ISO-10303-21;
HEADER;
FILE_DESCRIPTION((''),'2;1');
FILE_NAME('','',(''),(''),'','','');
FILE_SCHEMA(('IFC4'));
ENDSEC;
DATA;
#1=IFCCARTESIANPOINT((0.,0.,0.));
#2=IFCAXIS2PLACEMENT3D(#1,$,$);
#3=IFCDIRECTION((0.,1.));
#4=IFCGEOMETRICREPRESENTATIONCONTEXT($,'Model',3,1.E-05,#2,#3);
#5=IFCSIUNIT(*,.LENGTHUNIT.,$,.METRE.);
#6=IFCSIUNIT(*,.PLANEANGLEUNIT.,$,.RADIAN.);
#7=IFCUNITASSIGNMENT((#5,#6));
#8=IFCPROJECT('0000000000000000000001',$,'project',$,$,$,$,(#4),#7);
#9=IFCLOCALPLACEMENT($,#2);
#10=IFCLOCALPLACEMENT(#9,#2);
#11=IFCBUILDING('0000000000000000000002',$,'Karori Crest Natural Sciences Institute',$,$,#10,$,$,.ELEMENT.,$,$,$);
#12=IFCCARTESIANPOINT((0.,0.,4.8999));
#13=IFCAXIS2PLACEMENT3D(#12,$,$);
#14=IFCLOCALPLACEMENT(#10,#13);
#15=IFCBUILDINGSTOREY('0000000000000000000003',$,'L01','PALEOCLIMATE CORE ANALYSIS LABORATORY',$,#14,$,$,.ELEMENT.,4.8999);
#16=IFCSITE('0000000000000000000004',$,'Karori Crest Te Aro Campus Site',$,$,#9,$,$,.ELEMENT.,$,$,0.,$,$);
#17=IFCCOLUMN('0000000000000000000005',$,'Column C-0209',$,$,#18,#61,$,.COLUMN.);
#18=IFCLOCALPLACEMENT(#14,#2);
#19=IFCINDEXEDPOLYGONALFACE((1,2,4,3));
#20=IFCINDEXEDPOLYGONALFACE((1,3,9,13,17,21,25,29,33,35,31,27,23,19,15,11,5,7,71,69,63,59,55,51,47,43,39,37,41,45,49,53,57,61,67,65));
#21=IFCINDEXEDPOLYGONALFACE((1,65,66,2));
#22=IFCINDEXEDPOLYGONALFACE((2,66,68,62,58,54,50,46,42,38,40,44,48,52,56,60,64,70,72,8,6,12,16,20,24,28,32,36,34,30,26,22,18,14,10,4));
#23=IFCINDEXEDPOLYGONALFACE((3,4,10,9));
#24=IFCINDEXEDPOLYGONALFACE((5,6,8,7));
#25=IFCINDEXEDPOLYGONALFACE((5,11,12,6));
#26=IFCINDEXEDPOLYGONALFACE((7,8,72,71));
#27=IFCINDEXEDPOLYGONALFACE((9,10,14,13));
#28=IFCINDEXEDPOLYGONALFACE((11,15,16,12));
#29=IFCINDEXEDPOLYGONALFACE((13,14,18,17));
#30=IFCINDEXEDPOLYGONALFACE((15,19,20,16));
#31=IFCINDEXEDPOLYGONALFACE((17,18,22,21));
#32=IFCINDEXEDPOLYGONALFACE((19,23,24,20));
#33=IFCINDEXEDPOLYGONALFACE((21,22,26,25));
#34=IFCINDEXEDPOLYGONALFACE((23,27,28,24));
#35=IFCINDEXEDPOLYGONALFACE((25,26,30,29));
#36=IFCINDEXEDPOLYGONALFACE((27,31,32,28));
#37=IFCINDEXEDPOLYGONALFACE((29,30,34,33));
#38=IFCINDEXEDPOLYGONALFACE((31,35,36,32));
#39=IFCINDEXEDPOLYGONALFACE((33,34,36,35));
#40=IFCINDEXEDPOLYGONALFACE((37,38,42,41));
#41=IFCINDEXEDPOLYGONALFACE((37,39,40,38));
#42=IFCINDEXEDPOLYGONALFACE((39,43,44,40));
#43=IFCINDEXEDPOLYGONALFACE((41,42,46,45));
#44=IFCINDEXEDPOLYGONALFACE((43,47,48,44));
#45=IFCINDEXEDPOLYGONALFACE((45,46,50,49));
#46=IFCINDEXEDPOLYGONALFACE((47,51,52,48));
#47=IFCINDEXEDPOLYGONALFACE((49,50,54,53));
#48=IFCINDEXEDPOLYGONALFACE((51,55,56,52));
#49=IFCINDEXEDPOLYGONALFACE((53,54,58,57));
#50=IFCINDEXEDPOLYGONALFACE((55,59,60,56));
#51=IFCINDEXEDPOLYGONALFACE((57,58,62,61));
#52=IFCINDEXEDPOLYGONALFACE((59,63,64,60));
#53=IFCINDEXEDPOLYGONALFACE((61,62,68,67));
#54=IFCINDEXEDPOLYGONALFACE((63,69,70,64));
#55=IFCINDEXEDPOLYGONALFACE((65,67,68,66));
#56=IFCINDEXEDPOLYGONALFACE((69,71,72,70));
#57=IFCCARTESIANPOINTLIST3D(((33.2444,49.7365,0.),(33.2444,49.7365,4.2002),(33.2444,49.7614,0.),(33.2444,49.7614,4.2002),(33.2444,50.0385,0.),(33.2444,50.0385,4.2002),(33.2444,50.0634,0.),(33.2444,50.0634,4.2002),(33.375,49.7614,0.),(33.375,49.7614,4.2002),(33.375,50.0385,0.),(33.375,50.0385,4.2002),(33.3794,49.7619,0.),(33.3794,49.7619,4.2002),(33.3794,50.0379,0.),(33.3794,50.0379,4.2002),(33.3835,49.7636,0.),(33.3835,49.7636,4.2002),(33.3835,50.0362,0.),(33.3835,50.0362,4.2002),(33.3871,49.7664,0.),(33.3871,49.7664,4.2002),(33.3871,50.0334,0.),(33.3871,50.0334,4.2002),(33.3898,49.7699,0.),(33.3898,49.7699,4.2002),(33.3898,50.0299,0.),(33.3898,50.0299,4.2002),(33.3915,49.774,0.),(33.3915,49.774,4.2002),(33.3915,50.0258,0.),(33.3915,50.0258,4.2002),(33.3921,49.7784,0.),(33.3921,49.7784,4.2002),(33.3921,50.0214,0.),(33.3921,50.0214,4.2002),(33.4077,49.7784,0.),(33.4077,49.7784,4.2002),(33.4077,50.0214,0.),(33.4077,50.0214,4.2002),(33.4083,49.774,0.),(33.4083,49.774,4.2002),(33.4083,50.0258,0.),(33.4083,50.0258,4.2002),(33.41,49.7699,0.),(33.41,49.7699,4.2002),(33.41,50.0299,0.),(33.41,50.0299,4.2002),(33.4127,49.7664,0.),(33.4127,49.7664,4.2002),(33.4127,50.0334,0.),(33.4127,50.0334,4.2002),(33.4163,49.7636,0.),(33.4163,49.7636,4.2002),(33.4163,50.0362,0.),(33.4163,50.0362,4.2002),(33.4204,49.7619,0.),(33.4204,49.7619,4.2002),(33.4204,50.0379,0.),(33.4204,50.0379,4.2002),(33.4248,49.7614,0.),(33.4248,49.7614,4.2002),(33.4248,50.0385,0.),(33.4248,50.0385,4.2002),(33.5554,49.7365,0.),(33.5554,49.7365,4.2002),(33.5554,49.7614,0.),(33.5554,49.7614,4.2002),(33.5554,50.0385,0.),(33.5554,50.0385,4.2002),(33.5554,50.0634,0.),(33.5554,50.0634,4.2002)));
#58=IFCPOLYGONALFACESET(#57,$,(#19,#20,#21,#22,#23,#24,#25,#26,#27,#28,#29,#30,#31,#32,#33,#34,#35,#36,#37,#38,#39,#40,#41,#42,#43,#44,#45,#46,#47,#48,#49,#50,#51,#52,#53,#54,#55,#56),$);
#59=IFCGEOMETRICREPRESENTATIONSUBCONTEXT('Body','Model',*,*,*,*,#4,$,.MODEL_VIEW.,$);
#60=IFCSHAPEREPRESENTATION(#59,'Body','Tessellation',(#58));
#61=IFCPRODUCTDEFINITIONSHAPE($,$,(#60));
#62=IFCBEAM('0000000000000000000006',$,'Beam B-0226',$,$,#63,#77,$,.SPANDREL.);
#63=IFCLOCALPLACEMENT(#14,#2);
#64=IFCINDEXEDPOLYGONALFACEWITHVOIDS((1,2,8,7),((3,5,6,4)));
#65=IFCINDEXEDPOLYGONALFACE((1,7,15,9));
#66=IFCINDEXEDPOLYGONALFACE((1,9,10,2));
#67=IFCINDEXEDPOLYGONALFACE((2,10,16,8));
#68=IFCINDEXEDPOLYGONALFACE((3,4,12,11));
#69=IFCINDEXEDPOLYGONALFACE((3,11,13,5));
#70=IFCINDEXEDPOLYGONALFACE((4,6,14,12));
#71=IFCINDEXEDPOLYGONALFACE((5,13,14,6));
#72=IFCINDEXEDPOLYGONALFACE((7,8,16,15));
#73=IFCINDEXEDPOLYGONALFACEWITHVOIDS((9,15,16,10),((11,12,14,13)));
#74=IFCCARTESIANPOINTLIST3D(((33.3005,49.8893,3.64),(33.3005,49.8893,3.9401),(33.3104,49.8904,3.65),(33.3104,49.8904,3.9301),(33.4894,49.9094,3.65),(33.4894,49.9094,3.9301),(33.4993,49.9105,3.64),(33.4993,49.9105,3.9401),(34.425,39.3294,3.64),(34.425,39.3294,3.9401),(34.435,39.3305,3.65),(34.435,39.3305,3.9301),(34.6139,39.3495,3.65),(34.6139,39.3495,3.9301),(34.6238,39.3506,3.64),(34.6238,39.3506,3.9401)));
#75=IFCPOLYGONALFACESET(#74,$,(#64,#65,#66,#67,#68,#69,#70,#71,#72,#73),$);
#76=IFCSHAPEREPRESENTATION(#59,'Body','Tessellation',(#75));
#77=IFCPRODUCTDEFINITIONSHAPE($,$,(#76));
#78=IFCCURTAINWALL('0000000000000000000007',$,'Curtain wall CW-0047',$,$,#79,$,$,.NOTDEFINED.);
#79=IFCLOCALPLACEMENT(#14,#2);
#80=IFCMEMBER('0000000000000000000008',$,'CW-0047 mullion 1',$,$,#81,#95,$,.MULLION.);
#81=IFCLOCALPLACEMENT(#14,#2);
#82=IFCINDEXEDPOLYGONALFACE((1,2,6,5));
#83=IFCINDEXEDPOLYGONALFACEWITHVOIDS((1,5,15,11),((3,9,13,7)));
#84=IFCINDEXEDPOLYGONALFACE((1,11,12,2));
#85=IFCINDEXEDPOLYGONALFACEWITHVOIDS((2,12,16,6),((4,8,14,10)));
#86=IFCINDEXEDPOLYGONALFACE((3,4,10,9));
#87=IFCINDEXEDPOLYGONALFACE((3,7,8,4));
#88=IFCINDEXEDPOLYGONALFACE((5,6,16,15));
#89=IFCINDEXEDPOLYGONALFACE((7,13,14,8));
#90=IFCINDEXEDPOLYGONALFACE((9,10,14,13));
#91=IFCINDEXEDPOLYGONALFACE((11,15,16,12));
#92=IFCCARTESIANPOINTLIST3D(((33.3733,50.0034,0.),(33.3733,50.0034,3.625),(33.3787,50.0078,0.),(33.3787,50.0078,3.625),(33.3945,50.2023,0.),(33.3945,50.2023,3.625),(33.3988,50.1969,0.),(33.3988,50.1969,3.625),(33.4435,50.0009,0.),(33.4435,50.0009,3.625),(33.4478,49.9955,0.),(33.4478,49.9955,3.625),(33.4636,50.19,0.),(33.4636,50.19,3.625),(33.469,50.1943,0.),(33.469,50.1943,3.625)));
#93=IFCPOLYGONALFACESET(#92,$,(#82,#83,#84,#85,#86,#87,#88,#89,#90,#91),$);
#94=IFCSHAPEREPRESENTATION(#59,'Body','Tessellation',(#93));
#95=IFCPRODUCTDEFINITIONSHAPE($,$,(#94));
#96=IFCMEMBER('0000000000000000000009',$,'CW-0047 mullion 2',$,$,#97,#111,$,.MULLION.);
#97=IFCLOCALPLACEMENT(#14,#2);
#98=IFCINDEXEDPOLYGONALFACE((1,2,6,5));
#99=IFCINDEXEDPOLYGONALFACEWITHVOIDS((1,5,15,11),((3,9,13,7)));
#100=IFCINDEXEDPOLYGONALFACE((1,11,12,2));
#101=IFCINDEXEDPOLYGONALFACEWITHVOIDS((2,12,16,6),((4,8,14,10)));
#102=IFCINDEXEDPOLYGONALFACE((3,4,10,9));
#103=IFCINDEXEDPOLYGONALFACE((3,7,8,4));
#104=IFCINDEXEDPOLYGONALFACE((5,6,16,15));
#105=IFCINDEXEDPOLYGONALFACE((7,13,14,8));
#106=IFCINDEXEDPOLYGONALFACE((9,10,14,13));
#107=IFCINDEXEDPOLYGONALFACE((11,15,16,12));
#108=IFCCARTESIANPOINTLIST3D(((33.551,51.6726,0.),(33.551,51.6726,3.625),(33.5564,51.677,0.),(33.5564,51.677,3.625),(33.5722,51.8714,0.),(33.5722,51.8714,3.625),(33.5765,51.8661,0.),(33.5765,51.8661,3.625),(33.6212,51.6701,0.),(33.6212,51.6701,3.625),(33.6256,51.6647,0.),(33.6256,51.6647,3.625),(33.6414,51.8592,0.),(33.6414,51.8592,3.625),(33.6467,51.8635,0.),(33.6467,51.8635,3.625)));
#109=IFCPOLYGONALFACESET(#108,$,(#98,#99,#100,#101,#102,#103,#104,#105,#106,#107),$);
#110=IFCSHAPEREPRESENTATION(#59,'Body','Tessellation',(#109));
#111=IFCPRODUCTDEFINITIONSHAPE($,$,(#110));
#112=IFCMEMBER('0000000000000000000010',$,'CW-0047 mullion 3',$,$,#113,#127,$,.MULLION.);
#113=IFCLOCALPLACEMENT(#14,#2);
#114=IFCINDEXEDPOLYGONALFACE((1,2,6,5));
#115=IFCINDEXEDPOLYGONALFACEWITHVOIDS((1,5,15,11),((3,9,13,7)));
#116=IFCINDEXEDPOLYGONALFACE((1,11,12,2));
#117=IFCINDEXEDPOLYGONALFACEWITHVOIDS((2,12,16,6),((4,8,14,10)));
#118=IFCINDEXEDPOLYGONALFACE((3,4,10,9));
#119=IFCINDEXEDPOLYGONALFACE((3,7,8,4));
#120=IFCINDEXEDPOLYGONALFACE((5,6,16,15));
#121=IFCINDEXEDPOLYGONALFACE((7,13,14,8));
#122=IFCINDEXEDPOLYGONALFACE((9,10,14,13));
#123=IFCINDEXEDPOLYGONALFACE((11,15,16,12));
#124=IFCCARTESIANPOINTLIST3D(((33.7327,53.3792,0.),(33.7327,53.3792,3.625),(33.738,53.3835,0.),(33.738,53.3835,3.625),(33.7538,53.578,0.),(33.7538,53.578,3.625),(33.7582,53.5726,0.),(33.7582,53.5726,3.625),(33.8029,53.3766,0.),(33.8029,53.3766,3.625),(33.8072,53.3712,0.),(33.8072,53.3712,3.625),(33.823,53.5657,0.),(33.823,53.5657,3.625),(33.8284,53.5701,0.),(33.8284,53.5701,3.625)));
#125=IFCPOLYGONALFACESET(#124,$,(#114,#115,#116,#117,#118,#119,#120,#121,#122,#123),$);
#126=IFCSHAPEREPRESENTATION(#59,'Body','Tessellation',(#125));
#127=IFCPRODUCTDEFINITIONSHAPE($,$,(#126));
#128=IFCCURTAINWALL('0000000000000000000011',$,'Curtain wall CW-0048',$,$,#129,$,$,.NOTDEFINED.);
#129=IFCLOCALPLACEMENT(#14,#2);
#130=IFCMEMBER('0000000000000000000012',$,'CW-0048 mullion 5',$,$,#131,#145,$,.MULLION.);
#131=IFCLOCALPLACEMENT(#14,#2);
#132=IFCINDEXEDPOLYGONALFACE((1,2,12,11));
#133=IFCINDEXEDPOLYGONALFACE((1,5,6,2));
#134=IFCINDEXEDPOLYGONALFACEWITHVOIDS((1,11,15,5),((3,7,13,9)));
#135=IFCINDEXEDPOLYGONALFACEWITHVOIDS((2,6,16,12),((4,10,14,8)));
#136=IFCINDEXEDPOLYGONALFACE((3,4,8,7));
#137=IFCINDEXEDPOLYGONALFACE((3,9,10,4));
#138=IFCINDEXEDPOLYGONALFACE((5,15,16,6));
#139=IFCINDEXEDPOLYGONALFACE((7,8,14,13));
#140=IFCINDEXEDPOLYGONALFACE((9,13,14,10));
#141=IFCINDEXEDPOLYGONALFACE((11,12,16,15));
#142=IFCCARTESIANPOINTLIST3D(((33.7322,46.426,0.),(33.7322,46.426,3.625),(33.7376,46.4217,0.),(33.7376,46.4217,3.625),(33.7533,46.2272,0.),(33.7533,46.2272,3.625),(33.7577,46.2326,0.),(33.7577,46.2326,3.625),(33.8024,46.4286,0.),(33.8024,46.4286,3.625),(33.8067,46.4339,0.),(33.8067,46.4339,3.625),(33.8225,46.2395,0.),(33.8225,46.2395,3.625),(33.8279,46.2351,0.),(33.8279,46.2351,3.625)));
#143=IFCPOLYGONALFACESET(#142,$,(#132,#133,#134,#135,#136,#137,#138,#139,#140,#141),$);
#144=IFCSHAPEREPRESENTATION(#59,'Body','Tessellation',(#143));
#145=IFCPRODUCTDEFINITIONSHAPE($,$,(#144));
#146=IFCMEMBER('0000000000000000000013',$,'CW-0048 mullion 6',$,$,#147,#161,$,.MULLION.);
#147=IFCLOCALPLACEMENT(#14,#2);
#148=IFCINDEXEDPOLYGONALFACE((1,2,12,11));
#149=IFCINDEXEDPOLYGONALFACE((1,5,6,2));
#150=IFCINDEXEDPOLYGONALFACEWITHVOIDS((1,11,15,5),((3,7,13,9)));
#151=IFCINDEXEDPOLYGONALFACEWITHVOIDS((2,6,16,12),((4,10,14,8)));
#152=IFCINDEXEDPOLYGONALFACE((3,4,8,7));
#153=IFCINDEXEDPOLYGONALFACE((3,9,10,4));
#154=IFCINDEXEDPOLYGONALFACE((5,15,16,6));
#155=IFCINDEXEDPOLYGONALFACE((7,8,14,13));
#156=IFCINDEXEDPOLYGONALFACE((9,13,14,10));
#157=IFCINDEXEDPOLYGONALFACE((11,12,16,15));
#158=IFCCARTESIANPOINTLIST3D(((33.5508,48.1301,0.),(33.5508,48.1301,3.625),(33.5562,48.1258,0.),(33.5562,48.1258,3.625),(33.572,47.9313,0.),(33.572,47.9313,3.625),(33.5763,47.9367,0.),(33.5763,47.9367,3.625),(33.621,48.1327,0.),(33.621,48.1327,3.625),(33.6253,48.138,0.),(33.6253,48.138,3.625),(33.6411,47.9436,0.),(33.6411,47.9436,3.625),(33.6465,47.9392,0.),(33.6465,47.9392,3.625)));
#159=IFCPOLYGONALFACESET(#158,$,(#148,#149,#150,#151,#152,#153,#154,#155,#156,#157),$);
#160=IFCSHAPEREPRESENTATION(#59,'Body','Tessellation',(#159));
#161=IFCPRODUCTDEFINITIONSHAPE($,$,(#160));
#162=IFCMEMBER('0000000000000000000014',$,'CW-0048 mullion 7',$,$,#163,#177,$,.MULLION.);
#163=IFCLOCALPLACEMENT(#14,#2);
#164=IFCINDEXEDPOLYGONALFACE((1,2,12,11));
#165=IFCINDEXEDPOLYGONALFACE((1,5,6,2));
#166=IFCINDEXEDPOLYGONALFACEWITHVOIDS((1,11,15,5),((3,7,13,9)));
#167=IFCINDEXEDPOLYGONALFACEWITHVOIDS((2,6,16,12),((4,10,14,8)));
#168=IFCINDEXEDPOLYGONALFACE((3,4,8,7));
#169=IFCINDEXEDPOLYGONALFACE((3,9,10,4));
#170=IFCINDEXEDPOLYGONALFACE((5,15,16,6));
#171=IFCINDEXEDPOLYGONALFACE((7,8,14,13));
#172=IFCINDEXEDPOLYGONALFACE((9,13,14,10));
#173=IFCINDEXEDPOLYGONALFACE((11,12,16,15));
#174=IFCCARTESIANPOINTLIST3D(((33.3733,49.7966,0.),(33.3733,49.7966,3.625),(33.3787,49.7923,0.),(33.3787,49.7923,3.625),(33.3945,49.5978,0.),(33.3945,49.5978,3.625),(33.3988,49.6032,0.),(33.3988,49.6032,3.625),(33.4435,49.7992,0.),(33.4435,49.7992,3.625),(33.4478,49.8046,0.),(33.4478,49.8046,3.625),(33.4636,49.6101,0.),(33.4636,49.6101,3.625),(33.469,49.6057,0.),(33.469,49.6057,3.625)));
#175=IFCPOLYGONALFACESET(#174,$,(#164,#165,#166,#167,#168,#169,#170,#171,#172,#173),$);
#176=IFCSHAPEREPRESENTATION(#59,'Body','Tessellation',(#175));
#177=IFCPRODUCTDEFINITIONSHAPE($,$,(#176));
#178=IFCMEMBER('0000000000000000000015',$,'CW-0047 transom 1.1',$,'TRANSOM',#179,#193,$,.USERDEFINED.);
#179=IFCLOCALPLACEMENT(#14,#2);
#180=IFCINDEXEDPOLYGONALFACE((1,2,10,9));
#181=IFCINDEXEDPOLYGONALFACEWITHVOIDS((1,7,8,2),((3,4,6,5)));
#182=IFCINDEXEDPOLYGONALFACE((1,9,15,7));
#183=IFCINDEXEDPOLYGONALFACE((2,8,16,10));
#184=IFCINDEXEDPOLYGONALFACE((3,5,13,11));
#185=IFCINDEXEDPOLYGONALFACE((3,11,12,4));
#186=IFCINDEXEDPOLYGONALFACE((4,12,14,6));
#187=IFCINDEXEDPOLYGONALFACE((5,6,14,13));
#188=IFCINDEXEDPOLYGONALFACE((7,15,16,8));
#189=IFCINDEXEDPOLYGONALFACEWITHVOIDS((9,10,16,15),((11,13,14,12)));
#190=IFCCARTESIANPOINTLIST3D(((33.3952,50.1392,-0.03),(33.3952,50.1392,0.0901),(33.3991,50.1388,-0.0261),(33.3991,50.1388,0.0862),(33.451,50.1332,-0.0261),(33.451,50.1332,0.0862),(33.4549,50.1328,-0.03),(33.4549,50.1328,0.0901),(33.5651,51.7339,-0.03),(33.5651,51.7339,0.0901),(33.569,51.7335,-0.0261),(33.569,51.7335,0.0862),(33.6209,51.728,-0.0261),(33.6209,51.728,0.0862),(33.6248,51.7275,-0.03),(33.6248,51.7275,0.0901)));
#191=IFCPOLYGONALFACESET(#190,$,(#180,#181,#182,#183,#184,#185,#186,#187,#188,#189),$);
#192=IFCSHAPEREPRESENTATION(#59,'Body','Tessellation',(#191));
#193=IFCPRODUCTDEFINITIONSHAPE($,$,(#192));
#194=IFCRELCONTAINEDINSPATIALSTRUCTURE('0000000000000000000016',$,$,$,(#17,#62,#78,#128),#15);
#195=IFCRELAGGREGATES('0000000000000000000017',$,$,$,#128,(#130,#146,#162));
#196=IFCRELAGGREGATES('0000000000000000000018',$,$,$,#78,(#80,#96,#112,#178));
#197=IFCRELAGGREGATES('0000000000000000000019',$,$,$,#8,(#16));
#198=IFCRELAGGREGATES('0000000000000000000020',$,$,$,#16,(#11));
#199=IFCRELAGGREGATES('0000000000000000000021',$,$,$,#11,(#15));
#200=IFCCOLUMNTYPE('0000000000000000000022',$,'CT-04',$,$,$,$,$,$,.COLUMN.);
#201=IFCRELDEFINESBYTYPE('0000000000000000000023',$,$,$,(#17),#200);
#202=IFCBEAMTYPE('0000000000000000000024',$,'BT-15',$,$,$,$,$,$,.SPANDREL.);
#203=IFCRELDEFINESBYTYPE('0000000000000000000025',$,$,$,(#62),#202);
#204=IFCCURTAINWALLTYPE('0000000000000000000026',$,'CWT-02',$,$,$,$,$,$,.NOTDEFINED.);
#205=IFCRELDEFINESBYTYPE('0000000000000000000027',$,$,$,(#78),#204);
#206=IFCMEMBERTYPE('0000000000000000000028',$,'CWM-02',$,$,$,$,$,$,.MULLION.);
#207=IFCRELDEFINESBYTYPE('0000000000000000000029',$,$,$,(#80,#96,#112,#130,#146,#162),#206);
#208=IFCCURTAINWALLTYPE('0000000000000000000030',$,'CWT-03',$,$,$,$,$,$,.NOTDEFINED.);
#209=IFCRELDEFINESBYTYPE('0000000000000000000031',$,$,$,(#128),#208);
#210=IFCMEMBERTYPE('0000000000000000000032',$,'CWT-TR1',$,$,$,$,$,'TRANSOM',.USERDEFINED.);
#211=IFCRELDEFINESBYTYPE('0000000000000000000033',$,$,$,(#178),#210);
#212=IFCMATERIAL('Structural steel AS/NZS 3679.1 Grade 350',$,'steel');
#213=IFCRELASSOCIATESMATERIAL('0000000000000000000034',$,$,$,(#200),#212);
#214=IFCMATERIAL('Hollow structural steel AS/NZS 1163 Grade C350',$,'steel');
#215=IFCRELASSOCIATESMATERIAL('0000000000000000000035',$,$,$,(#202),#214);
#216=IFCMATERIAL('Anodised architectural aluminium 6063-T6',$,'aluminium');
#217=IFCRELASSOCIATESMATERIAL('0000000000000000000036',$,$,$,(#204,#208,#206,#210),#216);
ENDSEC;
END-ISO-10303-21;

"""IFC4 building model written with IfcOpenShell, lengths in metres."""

from ifc_helpers import new_model, si_unit, direction, frame, origin, origin_2d, place, context, subcontext, project, spatial, hollow_rectangle, i_section, extrude, material, material_profile, profile_set, type_object, element, aggregate, save


model = new_model("IFC4")

# Units and contexts
model_context = context("Model", 3, precision=1e-05, world=origin(), true_north=direction((0.0, 1.0)))
body_context = subcontext(model_context, "Body", "Model", "MODEL_VIEW")
ifc_project = project(units=[si_unit("LENGTHUNIT", "METRE"), si_unit("PLANEANGLEUNIT", "RADIAN")], contexts=[model_context])

# Site, building, storey
site_placement = place(None, origin())
site = spatial("IfcSite", under=ifc_project, at=site_placement, Name="Karori Crest Te Aro Campus Site", CompositionType="ELEMENT", RefElevation=0.0)
building_placement = place(site_placement, origin())
building = spatial("IfcBuilding", under=site, at=building_placement, Name="Karori Crest Natural Sciences Institute", CompositionType="ELEMENT")
storey_placement = place(building_placement, frame((0.0, 0.0, 4.8999)))
storey = spatial("IfcBuildingStorey", under=building, at=storey_placement, Name="L01", Description="PALEOCLIMATE CORE ANALYSIS LABORATORY", CompositionType="ELEMENT", Elevation=4.8999)

# Column
ifc_material_1 = material(Name="Structural steel AS/NZS 3679.1 Grade 350", Category="steel")
ifc_material_profile_1 = material_profile(ifc_material_1, i_section(OverallWidth=0.311, OverallDepth=0.3269, WebThickness=0.0156, FlangeThickness=0.0249, FilletRadius=0.0171, at=origin_2d()), Name="310UC158")
ifc_profile_set_1 = profile_set([ifc_material_profile_1], Name="Structural steel AS/NZS 3679.1 Grade 350")
column_type = type_object("IfcColumnType", Name="CT-04", PredefinedType="COLUMN", material=ifc_profile_set_1)
column_placement = place(storey_placement, frame((33.3999, 49.8999, 0.0), z_axis=(0.0, 0.0, 1.0), x_axis=(1.0, 0.0, 0.0)))
element("IfcColumn", 1, at=column_placement, inside=storey, type_object=column_type, Name="Column C-0209", PredefinedType="COLUMN", context=body_context, shape_type="SweptSolid", body=[
    extrude(i_section(OverallWidth=0.311, OverallDepth=0.3269, WebThickness=0.0156, FlangeThickness=0.0249, FilletRadius=0.0171, at=origin_2d()), origin(), (0.0, 0.0, 1.0), 4.2002),
])

# Beam
ifc_material_2 = material(Name="Hollow structural steel AS/NZS 1163 Grade C350", Category="steel")
ifc_material_profile_2 = material_profile(ifc_material_2, hollow_rectangle(XDim=0.2, YDim=0.3, WallThickness=0.01, at=origin_2d()), Name="RHS300x200x10")
ifc_profile_set_2 = profile_set([ifc_material_profile_2], Name="Hollow structural steel AS/NZS 1163 Grade C350")
beam_type = type_object("IfcBeamType", Name="BT-15", PredefinedType="SPANDREL", material=ifc_profile_set_2)
beam_placement = place(storey_placement, frame((33.3999, 49.8999, 3.79), z_axis=(0.105891, -0.994378, 0.0), x_axis=(0.994378, 0.105891, 0.0)))
element("IfcBeam", 2, at=beam_placement, inside=storey, type_object=beam_type, Name="Beam B-0226", PredefinedType="SPANDREL", context=body_context, shape_type="SweptSolid", body=[
    extrude(hollow_rectangle(XDim=0.2, YDim=0.3, WallThickness=0.01, at=origin_2d()), origin(), (0.0, 0.0, 1.0), 10.6196),
])

# Curtain walls, members
ifc_material_3 = material(Name="Anodised architectural aluminium 6063-T6", Category="aluminium")
curtain_wall_type_1 = type_object("IfcCurtainWallType", Name="CWT-02", PredefinedType="NOTDEFINED", material=ifc_material_3)
curtain_wall_1_placement = place(storey_placement, origin())
curtain_wall_1 = element("IfcCurtainWall", 3, at=curtain_wall_1_placement, inside=storey, type_object=curtain_wall_type_1, Name="Curtain wall CW-0047", PredefinedType="NOTDEFINED")
ifc_material_profile_3 = material_profile(ifc_material_3, hollow_rectangle(XDim=0.075, YDim=0.2, WallThickness=0.0049, at=origin_2d()), Name="CWM200x75x5")
ifc_profile_set_3 = profile_set([ifc_material_profile_3], Name="Anodised architectural aluminium 6063-T6")
member_type_1 = type_object("IfcMemberType", Name="CWM-02", PredefinedType="MULLION", material=ifc_profile_set_3)
member_1_placement = place(storey_placement, frame((33.4211, 50.0989, 0.0), z_axis=(0.0, 0.0, 1.0), x_axis=(-0.994378, 0.105884, 0.0)))
member_1 = element("IfcMember", 4, at=member_1_placement, type_object=member_type_1, Name="CW-0047 mullion 1", PredefinedType="MULLION", context=body_context, shape_type="SweptSolid", body=[
    extrude(hollow_rectangle(XDim=0.075, YDim=0.2, WallThickness=0.0049, at=origin_2d()), origin(), (0.0, 0.0, 1.0), 3.625),
])
member_2_placement = place(storey_placement, frame((33.5989, 51.7681, 0.0), z_axis=(0.0, 0.0, 1.0), x_axis=(-0.994378, 0.105884, 0.0)))
member_2 = element("IfcMember", 5, at=member_2_placement, type_object=member_type_1, Name="CW-0047 mullion 2", PredefinedType="MULLION", context=body_context, shape_type="SweptSolid", body=[
    extrude(hollow_rectangle(XDim=0.075, YDim=0.2, WallThickness=0.0049, at=origin_2d()), origin(), (0.0, 0.0, 1.0), 3.625),
])
member_3_placement = place(storey_placement, frame((33.7805, 53.4746, 0.0), z_axis=(0.0, 0.0, 1.0), x_axis=(-0.994378, 0.105884, 0.0)))
member_3 = element("IfcMember", 6, at=member_3_placement, type_object=member_type_1, Name="CW-0047 mullion 3", PredefinedType="MULLION", context=body_context, shape_type="SweptSolid", body=[
    extrude(hollow_rectangle(XDim=0.075, YDim=0.2, WallThickness=0.0049, at=origin_2d()), origin(), (0.0, 0.0, 1.0), 3.625),
])
curtain_wall_type_2 = type_object("IfcCurtainWallType", Name="CWT-03", PredefinedType="NOTDEFINED", material=ifc_material_3)
curtain_wall_2_placement = place(storey_placement, origin())
curtain_wall_2 = element("IfcCurtainWall", 7, at=curtain_wall_2_placement, inside=storey, type_object=curtain_wall_type_2, Name="Curtain wall CW-0048", PredefinedType="NOTDEFINED")
member_4_placement = place(storey_placement, frame((33.78, 46.3306, 0.0), z_axis=(0.0, 0.0, 1.0), x_axis=(-0.994379, -0.105882, 0.0)))
member_4 = element("IfcMember", 8, at=member_4_placement, type_object=member_type_1, Name="CW-0048 mullion 5", PredefinedType="MULLION", context=body_context, shape_type="SweptSolid", body=[
    extrude(hollow_rectangle(XDim=0.075, YDim=0.2, WallThickness=0.0049, at=origin_2d()), origin(), (0.0, 0.0, 1.0), 3.625),
])
member_5_placement = place(storey_placement, frame((33.5986, 48.0347, 0.0), z_axis=(0.0, 0.0, 1.0), x_axis=(-0.994379, -0.105882, 0.0)))
member_5 = element("IfcMember", 9, at=member_5_placement, type_object=member_type_1, Name="CW-0048 mullion 6", PredefinedType="MULLION", context=body_context, shape_type="SweptSolid", body=[
    extrude(hollow_rectangle(XDim=0.075, YDim=0.2, WallThickness=0.0049, at=origin_2d()), origin(), (0.0, 0.0, 1.0), 3.625),
])
member_6_placement = place(storey_placement, frame((33.4211, 49.7012, 0.0), z_axis=(0.0, 0.0, 1.0), x_axis=(-0.994379, -0.105882, 0.0)))
member_6 = element("IfcMember", 10, at=member_6_placement, type_object=member_type_1, Name="CW-0048 mullion 7", PredefinedType="MULLION", context=body_context, shape_type="SweptSolid", body=[
    extrude(hollow_rectangle(XDim=0.075, YDim=0.2, WallThickness=0.0049, at=origin_2d()), origin(), (0.0, 0.0, 1.0), 3.625),
])

# Member
ifc_material_profile_4 = material_profile(ifc_material_3, hollow_rectangle(XDim=0.0601, YDim=0.1201, WallThickness=0.0039, at=origin_2d()), Name="CWT120x60x4")
ifc_profile_set_4 = profile_set([ifc_material_profile_4], Name="Anodised architectural aluminium 6063-T6")
member_type_2 = type_object("IfcMemberType", Name="CWT-TR1", ElementType="TRANSOM", PredefinedType="USERDEFINED", material=ifc_profile_set_4)
member_7_placement = place(storey_placement, frame((33.425, 50.136, 0.03), z_axis=(0.105953, 0.994371, 0.0), x_axis=(-0.994371, 0.105953, 0.0)))
member_7 = element("IfcMember", 11, at=member_7_placement, type_object=member_type_2, Name="CW-0047 transom 1.1", ObjectType="TRANSOM", PredefinedType="USERDEFINED", context=body_context, shape_type="SweptSolid", body=[
    extrude(hollow_rectangle(XDim=0.0601, YDim=0.1201, WallThickness=0.0039, at=origin_2d()), origin(), (0.0, 0.0, 1.0), 1.6038),
])

aggregate(curtain_wall_2, [member_4, member_5, member_6])
aggregate(curtain_wall_1, [member_1, member_2, member_3, member_7])

save(model, "model.ifc")
